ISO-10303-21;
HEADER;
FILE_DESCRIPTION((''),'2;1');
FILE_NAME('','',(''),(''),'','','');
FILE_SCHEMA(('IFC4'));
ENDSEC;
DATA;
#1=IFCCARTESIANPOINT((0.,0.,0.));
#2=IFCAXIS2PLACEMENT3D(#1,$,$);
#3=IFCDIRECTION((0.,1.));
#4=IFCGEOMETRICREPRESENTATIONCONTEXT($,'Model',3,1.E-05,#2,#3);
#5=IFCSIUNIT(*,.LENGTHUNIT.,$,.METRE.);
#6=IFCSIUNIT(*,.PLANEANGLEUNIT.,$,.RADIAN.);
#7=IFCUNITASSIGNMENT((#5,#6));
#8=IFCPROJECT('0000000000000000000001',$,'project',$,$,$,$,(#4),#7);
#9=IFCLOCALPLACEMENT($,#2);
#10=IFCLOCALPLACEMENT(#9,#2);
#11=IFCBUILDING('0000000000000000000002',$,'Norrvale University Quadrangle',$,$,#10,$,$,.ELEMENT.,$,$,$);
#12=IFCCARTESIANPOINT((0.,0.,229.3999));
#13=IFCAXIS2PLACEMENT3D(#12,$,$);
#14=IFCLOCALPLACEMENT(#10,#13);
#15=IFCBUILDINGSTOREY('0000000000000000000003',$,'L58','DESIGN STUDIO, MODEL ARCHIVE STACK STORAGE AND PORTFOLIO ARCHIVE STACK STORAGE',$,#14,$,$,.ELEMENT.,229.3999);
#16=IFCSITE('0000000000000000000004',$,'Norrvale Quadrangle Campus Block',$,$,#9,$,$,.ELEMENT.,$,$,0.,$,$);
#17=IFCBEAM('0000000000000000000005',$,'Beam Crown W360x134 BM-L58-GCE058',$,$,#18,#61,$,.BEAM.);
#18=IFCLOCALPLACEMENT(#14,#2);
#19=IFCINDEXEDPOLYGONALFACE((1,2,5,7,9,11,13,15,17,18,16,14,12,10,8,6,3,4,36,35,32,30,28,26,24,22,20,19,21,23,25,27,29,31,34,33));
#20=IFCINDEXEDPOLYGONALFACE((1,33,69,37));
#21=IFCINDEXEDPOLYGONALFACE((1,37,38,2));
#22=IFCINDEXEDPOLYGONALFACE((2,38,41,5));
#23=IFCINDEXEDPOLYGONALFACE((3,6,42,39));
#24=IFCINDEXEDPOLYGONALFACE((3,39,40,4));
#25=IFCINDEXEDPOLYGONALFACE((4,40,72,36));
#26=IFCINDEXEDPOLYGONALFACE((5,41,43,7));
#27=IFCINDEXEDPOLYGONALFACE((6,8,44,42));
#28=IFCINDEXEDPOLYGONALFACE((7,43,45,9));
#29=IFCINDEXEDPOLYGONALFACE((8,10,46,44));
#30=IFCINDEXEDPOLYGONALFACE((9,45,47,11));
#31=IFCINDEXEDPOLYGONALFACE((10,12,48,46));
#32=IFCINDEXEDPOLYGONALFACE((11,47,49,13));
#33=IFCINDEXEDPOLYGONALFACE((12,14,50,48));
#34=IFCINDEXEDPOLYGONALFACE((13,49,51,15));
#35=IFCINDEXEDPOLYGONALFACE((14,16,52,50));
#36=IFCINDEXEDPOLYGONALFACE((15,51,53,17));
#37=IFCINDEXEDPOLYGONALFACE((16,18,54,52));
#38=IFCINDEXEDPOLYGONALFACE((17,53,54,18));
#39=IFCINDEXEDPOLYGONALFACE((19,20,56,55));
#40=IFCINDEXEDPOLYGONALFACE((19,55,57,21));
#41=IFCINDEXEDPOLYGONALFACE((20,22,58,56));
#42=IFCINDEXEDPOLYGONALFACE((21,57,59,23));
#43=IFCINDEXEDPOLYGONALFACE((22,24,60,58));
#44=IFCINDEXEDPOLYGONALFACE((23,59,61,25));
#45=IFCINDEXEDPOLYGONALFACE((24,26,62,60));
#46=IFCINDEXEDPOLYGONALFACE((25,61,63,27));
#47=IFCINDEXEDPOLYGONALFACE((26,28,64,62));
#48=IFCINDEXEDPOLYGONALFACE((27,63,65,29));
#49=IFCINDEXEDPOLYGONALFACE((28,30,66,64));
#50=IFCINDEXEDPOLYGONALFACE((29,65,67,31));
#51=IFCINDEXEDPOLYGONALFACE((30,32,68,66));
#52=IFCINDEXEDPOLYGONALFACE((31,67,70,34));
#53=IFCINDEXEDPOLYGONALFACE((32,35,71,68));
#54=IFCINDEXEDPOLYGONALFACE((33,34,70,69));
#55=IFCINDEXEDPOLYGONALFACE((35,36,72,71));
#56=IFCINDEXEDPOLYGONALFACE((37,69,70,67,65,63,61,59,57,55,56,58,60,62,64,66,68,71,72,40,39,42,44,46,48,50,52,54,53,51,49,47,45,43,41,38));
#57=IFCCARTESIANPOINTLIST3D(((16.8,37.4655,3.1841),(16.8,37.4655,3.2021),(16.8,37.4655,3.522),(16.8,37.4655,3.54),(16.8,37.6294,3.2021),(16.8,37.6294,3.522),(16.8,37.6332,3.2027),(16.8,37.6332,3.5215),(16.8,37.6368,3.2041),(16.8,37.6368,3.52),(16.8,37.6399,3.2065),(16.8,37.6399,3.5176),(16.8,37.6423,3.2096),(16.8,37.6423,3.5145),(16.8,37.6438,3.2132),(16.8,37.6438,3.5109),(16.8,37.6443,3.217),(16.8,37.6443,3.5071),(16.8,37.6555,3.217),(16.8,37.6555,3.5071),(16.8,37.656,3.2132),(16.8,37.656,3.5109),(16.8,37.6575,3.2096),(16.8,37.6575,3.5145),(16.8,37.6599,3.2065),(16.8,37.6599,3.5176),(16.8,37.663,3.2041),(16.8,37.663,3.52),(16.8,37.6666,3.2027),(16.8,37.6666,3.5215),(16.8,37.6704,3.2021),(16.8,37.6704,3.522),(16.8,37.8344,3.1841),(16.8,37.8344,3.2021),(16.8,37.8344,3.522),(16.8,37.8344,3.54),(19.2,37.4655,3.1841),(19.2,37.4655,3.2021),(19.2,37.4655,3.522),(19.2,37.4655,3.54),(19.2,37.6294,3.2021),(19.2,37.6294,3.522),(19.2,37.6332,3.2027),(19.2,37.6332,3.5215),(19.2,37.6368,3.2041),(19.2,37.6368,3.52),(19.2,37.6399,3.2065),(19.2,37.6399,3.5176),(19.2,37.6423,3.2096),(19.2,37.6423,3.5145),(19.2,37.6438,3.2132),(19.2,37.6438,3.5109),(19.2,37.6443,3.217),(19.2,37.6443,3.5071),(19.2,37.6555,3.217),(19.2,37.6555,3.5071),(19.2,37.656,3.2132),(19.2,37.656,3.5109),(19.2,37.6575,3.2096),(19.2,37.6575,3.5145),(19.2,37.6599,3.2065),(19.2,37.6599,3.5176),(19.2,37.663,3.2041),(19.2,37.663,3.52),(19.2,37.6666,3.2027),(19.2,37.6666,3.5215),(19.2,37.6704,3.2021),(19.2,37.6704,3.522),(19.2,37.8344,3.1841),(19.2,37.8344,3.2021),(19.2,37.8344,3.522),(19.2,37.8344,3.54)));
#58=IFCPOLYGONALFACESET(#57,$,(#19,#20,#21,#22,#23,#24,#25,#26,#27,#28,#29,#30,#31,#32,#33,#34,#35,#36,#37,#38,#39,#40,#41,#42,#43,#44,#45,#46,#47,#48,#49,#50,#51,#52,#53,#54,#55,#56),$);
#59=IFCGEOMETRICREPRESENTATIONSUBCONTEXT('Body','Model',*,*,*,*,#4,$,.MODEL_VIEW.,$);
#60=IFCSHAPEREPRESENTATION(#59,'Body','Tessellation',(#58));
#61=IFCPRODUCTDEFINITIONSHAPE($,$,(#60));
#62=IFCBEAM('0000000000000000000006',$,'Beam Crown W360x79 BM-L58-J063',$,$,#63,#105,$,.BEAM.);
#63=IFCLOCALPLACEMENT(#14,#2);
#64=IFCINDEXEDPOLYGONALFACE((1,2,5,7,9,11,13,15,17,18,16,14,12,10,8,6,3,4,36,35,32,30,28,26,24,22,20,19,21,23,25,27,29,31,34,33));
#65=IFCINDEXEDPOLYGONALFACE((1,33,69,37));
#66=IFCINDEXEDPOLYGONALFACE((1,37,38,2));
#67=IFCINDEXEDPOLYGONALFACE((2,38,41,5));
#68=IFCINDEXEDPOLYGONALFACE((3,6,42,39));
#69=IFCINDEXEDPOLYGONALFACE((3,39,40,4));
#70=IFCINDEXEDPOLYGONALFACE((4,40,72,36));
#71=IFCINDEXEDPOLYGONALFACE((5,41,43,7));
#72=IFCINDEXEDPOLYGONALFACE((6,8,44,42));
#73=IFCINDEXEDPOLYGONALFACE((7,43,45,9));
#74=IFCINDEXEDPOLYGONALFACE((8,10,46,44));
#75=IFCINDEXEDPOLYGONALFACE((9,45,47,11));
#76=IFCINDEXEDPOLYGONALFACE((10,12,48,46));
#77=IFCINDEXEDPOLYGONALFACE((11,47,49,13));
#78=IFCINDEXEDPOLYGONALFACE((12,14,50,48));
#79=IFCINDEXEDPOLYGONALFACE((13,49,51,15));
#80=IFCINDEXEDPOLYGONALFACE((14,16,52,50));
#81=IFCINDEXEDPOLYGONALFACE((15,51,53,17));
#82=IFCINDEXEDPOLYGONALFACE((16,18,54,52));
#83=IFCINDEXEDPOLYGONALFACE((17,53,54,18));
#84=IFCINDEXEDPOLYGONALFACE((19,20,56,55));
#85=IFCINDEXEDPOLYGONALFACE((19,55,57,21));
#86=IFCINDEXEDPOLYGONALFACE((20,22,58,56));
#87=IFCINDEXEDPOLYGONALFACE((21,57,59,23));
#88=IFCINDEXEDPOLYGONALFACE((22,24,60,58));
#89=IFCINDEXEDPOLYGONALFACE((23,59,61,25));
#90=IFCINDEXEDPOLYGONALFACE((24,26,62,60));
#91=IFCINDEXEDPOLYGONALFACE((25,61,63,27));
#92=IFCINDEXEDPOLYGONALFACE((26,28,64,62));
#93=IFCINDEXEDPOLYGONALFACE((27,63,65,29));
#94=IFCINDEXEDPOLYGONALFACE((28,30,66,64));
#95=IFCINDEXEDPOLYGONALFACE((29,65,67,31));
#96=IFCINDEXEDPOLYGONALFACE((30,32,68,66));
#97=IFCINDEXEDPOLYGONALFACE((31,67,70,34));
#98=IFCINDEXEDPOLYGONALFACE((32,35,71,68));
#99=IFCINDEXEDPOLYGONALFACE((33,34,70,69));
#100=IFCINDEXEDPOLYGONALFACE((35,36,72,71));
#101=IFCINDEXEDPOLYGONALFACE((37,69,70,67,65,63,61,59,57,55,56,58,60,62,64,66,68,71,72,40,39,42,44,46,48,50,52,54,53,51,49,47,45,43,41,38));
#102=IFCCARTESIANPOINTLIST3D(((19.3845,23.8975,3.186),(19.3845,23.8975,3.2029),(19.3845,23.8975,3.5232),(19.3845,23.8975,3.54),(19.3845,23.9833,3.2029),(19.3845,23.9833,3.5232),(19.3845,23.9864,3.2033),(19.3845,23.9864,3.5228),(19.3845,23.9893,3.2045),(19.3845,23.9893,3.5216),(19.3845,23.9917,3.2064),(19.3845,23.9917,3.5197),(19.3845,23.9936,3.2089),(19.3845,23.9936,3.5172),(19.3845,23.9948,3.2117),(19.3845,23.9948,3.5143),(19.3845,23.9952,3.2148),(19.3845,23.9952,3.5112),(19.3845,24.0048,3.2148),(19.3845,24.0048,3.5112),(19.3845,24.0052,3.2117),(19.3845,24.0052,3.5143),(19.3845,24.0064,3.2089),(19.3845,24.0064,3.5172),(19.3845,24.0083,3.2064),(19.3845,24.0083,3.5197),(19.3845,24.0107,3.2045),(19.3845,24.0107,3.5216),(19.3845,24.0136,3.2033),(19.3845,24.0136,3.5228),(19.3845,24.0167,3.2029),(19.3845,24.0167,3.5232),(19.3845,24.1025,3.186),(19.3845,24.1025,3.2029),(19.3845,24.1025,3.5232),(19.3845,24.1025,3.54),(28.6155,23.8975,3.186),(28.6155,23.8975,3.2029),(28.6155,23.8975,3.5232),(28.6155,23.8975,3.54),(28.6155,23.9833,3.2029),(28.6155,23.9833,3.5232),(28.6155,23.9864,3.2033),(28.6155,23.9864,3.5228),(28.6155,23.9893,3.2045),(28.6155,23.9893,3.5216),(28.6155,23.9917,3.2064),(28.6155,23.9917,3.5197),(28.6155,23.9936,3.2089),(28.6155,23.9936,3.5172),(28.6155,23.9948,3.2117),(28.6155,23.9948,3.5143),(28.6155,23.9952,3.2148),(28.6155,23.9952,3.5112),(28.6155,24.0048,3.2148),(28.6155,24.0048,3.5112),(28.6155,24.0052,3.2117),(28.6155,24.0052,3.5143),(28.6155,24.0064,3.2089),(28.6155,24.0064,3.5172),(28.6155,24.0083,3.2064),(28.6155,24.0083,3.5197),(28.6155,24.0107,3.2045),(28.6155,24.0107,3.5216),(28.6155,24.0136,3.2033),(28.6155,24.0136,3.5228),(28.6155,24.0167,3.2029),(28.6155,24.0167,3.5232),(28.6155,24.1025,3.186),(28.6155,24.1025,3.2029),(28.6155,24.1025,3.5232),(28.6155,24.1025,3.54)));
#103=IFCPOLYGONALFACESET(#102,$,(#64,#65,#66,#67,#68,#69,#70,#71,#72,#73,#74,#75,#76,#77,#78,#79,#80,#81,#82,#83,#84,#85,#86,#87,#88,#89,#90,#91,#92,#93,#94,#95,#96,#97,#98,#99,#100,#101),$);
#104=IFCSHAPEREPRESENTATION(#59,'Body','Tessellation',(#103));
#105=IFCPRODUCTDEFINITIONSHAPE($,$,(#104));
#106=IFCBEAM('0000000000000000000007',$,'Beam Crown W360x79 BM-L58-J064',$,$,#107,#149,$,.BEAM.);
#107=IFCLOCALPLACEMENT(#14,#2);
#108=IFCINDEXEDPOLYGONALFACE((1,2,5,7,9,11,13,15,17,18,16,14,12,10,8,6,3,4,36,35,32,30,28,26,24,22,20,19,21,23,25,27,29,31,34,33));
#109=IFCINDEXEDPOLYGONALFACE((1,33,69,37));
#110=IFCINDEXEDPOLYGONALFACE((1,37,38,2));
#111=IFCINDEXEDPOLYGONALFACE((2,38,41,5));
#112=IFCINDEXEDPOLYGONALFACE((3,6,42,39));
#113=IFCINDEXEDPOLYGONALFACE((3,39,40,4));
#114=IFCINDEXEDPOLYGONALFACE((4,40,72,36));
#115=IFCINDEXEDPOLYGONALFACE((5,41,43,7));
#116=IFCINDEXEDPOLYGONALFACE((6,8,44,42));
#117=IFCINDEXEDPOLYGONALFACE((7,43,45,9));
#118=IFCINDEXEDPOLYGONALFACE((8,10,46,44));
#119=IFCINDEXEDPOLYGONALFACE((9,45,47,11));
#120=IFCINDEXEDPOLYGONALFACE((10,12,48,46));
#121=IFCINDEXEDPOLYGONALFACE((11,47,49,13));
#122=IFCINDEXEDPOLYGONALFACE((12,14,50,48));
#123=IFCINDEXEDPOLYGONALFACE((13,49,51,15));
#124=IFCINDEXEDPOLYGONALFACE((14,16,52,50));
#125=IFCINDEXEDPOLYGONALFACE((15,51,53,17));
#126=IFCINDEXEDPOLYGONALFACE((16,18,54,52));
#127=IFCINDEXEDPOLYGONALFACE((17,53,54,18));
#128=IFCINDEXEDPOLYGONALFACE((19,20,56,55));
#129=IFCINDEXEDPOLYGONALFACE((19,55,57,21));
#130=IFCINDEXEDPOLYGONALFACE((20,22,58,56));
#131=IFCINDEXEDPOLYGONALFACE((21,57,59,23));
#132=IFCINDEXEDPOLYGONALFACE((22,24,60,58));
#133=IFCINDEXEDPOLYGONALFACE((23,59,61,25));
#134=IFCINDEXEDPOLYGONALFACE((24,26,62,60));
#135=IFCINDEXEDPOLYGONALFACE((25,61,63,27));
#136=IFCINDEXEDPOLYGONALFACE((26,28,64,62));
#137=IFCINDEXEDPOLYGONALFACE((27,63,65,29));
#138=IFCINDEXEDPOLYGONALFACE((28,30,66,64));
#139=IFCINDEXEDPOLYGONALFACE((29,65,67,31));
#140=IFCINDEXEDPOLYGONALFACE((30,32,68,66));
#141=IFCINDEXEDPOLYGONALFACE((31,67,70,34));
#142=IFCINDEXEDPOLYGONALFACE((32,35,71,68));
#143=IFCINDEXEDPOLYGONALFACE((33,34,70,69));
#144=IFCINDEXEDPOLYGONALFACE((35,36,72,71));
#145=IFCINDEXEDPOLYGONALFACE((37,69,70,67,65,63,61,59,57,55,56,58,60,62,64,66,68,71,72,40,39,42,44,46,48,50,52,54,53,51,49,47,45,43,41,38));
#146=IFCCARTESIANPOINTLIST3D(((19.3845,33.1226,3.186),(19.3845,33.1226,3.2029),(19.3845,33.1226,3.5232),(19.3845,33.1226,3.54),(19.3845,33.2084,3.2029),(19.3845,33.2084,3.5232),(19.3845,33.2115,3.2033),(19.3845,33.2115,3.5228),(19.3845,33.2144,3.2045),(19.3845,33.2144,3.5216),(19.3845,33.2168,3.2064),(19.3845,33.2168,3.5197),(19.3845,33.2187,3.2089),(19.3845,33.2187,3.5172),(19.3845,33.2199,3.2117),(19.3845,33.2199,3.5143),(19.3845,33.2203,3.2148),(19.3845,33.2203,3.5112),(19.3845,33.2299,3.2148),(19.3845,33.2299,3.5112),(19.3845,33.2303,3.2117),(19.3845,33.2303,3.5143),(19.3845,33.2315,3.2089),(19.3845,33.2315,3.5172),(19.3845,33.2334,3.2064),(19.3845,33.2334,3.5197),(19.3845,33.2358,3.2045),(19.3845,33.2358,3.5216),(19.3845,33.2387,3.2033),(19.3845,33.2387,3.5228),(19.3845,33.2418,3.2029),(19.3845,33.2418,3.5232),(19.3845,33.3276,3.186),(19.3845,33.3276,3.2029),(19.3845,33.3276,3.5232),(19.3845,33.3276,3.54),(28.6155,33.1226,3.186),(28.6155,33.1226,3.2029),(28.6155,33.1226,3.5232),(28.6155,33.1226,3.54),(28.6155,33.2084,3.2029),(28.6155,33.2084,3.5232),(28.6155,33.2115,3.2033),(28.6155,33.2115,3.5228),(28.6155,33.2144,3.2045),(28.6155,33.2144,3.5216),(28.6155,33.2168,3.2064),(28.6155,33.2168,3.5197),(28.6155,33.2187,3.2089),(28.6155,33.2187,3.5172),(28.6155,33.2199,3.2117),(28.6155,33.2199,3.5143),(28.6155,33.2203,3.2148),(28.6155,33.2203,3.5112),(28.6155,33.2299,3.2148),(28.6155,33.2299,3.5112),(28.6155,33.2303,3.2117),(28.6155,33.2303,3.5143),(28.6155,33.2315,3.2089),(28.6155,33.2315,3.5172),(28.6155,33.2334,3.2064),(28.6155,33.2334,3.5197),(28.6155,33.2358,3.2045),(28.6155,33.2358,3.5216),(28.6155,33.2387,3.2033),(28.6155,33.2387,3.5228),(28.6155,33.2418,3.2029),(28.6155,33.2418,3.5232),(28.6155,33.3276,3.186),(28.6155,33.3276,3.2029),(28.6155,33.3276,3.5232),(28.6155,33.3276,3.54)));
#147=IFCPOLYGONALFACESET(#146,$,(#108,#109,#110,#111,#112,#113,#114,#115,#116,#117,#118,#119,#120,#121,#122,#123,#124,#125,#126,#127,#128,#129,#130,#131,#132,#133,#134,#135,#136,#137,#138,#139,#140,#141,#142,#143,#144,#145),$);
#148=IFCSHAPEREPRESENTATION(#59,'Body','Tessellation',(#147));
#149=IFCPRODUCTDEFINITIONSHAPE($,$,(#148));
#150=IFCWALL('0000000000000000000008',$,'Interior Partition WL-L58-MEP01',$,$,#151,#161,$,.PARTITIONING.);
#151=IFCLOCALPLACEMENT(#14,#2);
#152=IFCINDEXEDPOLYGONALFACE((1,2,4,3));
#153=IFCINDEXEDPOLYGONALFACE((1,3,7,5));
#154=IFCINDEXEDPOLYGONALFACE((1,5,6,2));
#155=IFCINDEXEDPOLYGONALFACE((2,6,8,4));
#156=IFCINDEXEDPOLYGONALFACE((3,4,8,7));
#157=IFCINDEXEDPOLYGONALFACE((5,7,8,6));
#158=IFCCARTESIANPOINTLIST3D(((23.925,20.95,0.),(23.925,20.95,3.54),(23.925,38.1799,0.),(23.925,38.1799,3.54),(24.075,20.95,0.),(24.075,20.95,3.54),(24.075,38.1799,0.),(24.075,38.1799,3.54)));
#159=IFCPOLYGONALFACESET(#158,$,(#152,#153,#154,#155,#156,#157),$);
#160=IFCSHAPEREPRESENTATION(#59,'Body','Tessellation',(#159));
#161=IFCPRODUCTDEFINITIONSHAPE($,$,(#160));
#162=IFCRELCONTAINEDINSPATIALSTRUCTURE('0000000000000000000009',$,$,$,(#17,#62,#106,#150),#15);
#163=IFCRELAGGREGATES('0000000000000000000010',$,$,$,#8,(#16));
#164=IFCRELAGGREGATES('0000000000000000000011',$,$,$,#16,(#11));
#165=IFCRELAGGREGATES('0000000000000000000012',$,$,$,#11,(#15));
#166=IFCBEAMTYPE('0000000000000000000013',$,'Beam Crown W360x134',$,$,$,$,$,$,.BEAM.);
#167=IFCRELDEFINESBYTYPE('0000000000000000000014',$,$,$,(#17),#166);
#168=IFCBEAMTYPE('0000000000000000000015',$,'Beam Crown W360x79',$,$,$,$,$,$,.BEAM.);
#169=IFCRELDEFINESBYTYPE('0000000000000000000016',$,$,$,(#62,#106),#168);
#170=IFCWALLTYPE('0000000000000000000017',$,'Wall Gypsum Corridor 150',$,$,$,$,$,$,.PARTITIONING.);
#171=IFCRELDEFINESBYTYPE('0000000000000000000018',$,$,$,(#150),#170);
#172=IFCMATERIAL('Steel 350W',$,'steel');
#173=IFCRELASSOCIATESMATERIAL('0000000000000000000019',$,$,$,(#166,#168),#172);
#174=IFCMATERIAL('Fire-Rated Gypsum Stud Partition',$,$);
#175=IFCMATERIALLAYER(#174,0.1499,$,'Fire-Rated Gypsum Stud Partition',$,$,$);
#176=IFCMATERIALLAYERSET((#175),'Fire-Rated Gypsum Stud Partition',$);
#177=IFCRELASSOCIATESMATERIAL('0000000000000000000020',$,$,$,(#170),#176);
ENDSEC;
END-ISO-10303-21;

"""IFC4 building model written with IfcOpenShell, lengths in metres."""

from ifc_helpers import new_model, si_unit, direction, frame, frame_2d, origin, origin_2d, place, context, subcontext, project, spatial, rectangle, i_section, extrude, material, layer, layer_set, material_profile, profile_set, type_object, element, save


model = new_model("IFC4")

# Units and contexts
model_context = context("Model", 3, precision=1e-05, world=origin(), true_north=direction((0.0, 1.0)))
body_context = subcontext(model_context, "Body", "Model", "MODEL_VIEW")
ifc_project = project(units=[si_unit("LENGTHUNIT", "METRE"), si_unit("PLANEANGLEUNIT", "RADIAN")], contexts=[model_context])

# Site, building, storey
site_placement = place(None, origin())
site = spatial("IfcSite", under=ifc_project, at=site_placement, Name="Norrvale Quadrangle Campus Block", CompositionType="ELEMENT", RefElevation=0.0)
building_placement = place(site_placement, origin())
building = spatial("IfcBuilding", under=site, at=building_placement, Name="Norrvale University Quadrangle", CompositionType="ELEMENT")
storey_placement = place(building_placement, frame((0.0, 0.0, 229.3999)))
storey = spatial("IfcBuildingStorey", under=building, at=storey_placement, Name="L58", Description="DESIGN STUDIO, MODEL ARCHIVE STACK STORAGE AND PORTFOLIO ARCHIVE STACK STORAGE", CompositionType="ELEMENT", Elevation=229.3999)

# Beams
ifc_material_1 = material(Name="Steel 350W", Category="steel")
ifc_material_profile_1 = material_profile(ifc_material_1, i_section(OverallWidth=0.3689, OverallDepth=0.356, WebThickness=0.0112, FlangeThickness=0.0181, FilletRadius=0.0149, at=origin_2d()), Name="Steel 350W")
ifc_profile_set_1 = profile_set([ifc_material_profile_1], Name="Steel 350W")
beam_type_1 = type_object("IfcBeamType", Name="Beam Crown W360x134", PredefinedType="BEAM", material=ifc_profile_set_1)
for number, where, z_axis, x_axis, name in (
    (1, (16.8, 37.6499, 3.3621), (1.0, 0.0, 0.0), (0.0, 1.0, 0.0), "Beam Crown W360x134 BM-L58-GCE058"),
):
    element("IfcBeam", number, at=place(storey_placement, frame(where, z_axis=z_axis, x_axis=x_axis)), inside=storey, type_object=beam_type_1, Name=name, PredefinedType="BEAM", context=body_context, shape_type="SweptSolid", body=[
        extrude(i_section(OverallWidth=0.3689, OverallDepth=0.356, WebThickness=0.0112, FlangeThickness=0.0181, FilletRadius=0.0149, at=origin_2d()), origin(), (0.0, 0.0, 1.0), 2.3999),
    ])
ifc_material_profile_2 = material_profile(ifc_material_1, i_section(OverallWidth=0.2051, OverallDepth=0.354, WebThickness=0.0095, FlangeThickness=0.0168, FilletRadius=0.012, at=origin_2d()), Name="Steel 350W")
ifc_profile_set_2 = profile_set([ifc_material_profile_2], Name="Steel 350W")
beam_type_2 = type_object("IfcBeamType", Name="Beam Crown W360x79", PredefinedType="BEAM", material=ifc_profile_set_2)
for number, where, z_axis, x_axis, name in (
    (2, (19.3845, 24.0, 3.363), (1.0, 0.0, 0.0), (0.0, 1.0, 0.0), "Beam Crown W360x79 BM-L58-J063"),
    (3, (19.3845, 33.2251, 3.363), (1.0, 0.0, 0.0), (0.0, 1.0, 0.0), "Beam Crown W360x79 BM-L58-J064"),
):
    element("IfcBeam", number, at=place(storey_placement, frame(where, z_axis=z_axis, x_axis=x_axis)), inside=storey, type_object=beam_type_2, Name=name, PredefinedType="BEAM", context=body_context, shape_type="SweptSolid", body=[
        extrude(i_section(OverallWidth=0.2051, OverallDepth=0.354, WebThickness=0.0095, FlangeThickness=0.0168, FilletRadius=0.012, at=origin_2d()), origin(), (0.0, 0.0, 1.0), 9.231),
    ])

# Wall
ifc_material_2 = material(Name="Fire-Rated Gypsum Stud Partition")
ifc_layer_1 = layer(ifc_material_2, 0.1499, Name="Fire-Rated Gypsum Stud Partition")
ifc_layer_set_1 = layer_set([ifc_layer_1], Name="Fire-Rated Gypsum Stud Partition")
wall_type_1 = type_object("IfcWallType", Name="Wall Gypsum Corridor 150", PredefinedType="PARTITIONING", material=ifc_layer_set_1)
wall_1_placement = place(storey_placement, frame((24.0, 20.95, 0.0), z_axis=(0.0, 0.0, 1.0), x_axis=(0.0, 1.0, 0.0)))
element("IfcWall", 4, at=wall_1_placement, inside=storey, type_object=wall_type_1, Name="Interior Partition WL-L58-MEP01", PredefinedType="PARTITIONING", context=body_context, shape_type="SweptSolid", body=[
    extrude(rectangle(XDim=17.23, YDim=0.1499, at=frame_2d((8.615, 0.0))), origin(), (0.0, 0.0, 1.0), 3.54),
])

save(model, "model.ifc")
